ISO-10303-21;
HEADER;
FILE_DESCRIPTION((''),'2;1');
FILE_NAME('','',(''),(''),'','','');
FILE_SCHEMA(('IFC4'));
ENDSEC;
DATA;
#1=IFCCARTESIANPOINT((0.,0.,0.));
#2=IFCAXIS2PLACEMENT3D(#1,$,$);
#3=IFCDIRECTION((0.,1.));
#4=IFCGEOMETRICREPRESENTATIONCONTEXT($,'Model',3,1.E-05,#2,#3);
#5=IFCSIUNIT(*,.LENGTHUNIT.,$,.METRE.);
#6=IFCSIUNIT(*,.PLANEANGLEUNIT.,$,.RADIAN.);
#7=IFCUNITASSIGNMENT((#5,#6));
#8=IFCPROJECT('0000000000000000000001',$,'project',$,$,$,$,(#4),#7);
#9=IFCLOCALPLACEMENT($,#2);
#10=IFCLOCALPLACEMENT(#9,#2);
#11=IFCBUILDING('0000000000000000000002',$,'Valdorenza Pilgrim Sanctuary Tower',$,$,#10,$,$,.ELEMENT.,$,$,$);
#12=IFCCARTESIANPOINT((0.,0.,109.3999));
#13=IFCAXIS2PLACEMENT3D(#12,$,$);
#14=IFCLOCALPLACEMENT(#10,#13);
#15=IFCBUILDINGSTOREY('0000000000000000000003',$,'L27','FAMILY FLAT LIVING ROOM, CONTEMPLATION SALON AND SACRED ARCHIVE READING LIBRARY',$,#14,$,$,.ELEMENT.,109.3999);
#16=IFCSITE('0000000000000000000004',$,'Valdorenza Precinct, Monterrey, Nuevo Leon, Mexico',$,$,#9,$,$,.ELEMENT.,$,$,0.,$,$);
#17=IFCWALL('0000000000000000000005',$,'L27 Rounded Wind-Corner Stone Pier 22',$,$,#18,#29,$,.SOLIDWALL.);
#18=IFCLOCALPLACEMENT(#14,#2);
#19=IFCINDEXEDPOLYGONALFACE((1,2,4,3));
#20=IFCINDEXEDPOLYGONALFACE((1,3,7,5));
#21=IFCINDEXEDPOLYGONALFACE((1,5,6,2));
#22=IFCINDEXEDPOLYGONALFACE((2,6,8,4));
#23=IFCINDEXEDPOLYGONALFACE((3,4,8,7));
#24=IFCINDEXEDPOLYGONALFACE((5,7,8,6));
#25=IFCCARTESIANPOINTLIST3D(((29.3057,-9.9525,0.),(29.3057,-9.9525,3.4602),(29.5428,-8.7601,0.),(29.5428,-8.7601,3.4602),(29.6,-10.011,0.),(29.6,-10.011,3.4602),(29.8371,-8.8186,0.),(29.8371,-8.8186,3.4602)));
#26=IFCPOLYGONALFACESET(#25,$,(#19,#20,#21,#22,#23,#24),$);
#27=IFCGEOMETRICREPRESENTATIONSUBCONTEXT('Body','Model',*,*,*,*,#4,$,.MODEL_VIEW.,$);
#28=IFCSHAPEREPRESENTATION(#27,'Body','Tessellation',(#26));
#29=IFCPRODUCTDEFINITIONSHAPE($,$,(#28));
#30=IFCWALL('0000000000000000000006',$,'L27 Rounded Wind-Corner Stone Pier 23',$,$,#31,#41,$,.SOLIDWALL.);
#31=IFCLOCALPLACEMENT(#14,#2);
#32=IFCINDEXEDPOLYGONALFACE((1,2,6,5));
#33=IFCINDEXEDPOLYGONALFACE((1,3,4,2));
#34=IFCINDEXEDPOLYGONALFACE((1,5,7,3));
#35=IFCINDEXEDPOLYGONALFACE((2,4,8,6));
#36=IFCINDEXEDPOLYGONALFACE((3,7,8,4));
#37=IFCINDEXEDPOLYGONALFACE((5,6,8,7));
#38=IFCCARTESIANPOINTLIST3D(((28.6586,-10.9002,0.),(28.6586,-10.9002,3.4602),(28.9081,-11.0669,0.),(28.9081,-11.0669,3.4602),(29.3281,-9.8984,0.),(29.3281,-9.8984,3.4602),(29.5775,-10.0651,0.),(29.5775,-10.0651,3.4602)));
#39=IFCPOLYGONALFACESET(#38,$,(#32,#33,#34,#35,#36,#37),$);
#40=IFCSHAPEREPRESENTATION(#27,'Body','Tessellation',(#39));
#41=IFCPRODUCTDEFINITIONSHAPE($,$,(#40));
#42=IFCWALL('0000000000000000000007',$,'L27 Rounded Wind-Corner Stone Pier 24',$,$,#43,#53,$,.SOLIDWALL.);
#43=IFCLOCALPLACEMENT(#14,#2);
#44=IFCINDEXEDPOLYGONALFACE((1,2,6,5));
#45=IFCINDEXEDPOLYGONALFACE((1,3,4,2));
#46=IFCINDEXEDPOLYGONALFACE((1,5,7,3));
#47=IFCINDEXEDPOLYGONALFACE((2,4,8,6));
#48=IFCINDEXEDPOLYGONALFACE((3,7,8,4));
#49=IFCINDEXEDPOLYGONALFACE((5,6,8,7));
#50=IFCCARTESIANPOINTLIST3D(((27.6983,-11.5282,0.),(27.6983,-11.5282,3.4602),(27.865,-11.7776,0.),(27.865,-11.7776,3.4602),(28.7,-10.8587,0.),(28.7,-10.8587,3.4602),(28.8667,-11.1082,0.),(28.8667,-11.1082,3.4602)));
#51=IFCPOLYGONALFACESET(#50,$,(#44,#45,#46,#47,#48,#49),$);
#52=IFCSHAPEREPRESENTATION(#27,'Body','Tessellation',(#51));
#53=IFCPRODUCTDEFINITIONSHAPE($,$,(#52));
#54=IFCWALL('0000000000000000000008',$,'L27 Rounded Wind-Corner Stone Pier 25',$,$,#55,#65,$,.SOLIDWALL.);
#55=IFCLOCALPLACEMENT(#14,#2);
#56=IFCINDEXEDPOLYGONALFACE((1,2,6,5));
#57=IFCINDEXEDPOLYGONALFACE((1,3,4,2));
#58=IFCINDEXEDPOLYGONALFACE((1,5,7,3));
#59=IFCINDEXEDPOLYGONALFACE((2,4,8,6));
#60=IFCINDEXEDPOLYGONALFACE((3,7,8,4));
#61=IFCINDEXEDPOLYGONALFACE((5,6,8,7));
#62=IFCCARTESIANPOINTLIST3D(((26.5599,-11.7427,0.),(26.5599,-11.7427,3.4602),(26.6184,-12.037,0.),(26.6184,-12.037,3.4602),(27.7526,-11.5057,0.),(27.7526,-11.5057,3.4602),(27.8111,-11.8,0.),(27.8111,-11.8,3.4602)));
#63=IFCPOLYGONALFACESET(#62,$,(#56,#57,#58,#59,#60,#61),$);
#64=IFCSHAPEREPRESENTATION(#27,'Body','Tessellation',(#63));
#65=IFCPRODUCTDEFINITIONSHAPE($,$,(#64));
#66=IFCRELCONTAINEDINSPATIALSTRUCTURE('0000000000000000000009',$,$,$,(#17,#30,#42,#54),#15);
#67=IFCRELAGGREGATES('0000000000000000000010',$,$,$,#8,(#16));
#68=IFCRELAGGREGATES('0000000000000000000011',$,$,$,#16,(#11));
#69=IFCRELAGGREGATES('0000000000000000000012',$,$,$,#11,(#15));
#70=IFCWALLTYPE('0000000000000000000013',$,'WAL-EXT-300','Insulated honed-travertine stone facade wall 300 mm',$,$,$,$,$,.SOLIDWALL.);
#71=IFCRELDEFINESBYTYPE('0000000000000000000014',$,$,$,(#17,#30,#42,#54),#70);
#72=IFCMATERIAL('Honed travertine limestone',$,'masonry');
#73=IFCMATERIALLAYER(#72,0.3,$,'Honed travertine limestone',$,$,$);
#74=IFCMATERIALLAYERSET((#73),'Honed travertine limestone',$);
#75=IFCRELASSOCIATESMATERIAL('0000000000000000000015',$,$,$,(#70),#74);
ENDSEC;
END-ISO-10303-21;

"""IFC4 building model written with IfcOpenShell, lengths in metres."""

from ifc_helpers import new_model, si_unit, direction, frame, frame_2d, origin, place, context, subcontext, project, spatial, rectangle, extrude, material, layer, layer_set, type_object, element, save


model = new_model("IFC4")

# Units and contexts
model_context = context("Model", 3, precision=1e-05, world=origin(), true_north=direction((0.0, 1.0)))
body_context = subcontext(model_context, "Body", "Model", "MODEL_VIEW")
ifc_project = project(units=[si_unit("LENGTHUNIT", "METRE"), si_unit("PLANEANGLEUNIT", "RADIAN")], contexts=[model_context])

# Site, building, storey
site_placement = place(None, origin())
site = spatial("IfcSite", under=ifc_project, at=site_placement, Name="Valdorenza Precinct, Monterrey, Nuevo Leon, Mexico", CompositionType="ELEMENT", RefElevation=0.0)
building_placement = place(site_placement, origin())
building = spatial("IfcBuilding", under=site, at=building_placement, Name="Valdorenza Pilgrim Sanctuary Tower", CompositionType="ELEMENT")
storey_placement = place(building_placement, frame((0.0, 0.0, 109.3999)))
storey = spatial("IfcBuildingStorey", under=building, at=storey_placement, Name="L27", Description="FAMILY FLAT LIVING ROOM, CONTEMPLATION SALON AND SACRED ARCHIVE READING LIBRARY", CompositionType="ELEMENT", Elevation=109.3999)

# Walls
ifc_material_1 = material(Name="Honed travertine limestone", Category="masonry")
ifc_layer_1 = layer(ifc_material_1, 0.3, Name="Honed travertine limestone")
ifc_layer_set_1 = layer_set([ifc_layer_1], Name="Honed travertine limestone")
wall_type_1 = type_object("IfcWallType", Name="WAL-EXT-300", Description="Insulated honed-travertine stone facade wall 300 mm", PredefinedType="SOLIDWALL", material=ifc_layer_set_1)
wall_1_placement = place(storey_placement, frame((29.6899, -8.7893, 0.0), z_axis=(0.0, 0.0, 1.0), x_axis=(-0.194996, -0.980804, 0.0)))
element("IfcWall", 1, at=wall_1_placement, inside=storey, type_object=wall_type_1, Name="L27 Rounded Wind-Corner Stone Pier 22", PredefinedType="SOLIDWALL", context=body_context, shape_type="SweptSolid", body=[
    extrude(rectangle(XDim=1.2158, YDim=0.3, at=frame_2d((0.6079, 0.0))), origin(), (0.0, 0.0, 1.0), 3.4602),
])
for number, where, z_axis, x_axis, name in (
    (2, (29.4529, -9.9817, 0.0), (0.0, 0.0, 1.0), (-0.555635, -0.831426, 0.0), "L27 Rounded Wind-Corner Stone Pier 23"),
    (3, (28.7834, -10.9834, 0.0), (0.0, 0.0, 1.0), (-0.831426, -0.555635, 0.0), "L27 Rounded Wind-Corner Stone Pier 24"),
):
    element("IfcWall", number, at=place(storey_placement, frame(where, z_axis=z_axis, x_axis=x_axis)), inside=storey, type_object=wall_type_1, Name=name, PredefinedType="SOLIDWALL", context=body_context, shape_type="SweptSolid", body=[
        extrude(rectangle(XDim=1.2048, YDim=0.3, at=frame_2d((0.6025, 0.0))), origin(), (0.0, 0.0, 1.0), 3.4602),
    ])
wall_2_placement = place(storey_placement, frame((27.7817, -11.6528, 0.0), z_axis=(0.0, 0.0, 1.0), x_axis=(-0.980812, -0.194958, 0.0)))
element("IfcWall", 4, at=wall_2_placement, inside=storey, type_object=wall_type_1, Name="L27 Rounded Wind-Corner Stone Pier 25", PredefinedType="SOLIDWALL", context=body_context, shape_type="SweptSolid", body=[
    extrude(rectangle(XDim=1.2161, YDim=0.3, at=frame_2d((0.6079, 0.0))), origin(), (0.0, 0.0, 1.0), 3.4602),
])

save(model, "model.ifc")
